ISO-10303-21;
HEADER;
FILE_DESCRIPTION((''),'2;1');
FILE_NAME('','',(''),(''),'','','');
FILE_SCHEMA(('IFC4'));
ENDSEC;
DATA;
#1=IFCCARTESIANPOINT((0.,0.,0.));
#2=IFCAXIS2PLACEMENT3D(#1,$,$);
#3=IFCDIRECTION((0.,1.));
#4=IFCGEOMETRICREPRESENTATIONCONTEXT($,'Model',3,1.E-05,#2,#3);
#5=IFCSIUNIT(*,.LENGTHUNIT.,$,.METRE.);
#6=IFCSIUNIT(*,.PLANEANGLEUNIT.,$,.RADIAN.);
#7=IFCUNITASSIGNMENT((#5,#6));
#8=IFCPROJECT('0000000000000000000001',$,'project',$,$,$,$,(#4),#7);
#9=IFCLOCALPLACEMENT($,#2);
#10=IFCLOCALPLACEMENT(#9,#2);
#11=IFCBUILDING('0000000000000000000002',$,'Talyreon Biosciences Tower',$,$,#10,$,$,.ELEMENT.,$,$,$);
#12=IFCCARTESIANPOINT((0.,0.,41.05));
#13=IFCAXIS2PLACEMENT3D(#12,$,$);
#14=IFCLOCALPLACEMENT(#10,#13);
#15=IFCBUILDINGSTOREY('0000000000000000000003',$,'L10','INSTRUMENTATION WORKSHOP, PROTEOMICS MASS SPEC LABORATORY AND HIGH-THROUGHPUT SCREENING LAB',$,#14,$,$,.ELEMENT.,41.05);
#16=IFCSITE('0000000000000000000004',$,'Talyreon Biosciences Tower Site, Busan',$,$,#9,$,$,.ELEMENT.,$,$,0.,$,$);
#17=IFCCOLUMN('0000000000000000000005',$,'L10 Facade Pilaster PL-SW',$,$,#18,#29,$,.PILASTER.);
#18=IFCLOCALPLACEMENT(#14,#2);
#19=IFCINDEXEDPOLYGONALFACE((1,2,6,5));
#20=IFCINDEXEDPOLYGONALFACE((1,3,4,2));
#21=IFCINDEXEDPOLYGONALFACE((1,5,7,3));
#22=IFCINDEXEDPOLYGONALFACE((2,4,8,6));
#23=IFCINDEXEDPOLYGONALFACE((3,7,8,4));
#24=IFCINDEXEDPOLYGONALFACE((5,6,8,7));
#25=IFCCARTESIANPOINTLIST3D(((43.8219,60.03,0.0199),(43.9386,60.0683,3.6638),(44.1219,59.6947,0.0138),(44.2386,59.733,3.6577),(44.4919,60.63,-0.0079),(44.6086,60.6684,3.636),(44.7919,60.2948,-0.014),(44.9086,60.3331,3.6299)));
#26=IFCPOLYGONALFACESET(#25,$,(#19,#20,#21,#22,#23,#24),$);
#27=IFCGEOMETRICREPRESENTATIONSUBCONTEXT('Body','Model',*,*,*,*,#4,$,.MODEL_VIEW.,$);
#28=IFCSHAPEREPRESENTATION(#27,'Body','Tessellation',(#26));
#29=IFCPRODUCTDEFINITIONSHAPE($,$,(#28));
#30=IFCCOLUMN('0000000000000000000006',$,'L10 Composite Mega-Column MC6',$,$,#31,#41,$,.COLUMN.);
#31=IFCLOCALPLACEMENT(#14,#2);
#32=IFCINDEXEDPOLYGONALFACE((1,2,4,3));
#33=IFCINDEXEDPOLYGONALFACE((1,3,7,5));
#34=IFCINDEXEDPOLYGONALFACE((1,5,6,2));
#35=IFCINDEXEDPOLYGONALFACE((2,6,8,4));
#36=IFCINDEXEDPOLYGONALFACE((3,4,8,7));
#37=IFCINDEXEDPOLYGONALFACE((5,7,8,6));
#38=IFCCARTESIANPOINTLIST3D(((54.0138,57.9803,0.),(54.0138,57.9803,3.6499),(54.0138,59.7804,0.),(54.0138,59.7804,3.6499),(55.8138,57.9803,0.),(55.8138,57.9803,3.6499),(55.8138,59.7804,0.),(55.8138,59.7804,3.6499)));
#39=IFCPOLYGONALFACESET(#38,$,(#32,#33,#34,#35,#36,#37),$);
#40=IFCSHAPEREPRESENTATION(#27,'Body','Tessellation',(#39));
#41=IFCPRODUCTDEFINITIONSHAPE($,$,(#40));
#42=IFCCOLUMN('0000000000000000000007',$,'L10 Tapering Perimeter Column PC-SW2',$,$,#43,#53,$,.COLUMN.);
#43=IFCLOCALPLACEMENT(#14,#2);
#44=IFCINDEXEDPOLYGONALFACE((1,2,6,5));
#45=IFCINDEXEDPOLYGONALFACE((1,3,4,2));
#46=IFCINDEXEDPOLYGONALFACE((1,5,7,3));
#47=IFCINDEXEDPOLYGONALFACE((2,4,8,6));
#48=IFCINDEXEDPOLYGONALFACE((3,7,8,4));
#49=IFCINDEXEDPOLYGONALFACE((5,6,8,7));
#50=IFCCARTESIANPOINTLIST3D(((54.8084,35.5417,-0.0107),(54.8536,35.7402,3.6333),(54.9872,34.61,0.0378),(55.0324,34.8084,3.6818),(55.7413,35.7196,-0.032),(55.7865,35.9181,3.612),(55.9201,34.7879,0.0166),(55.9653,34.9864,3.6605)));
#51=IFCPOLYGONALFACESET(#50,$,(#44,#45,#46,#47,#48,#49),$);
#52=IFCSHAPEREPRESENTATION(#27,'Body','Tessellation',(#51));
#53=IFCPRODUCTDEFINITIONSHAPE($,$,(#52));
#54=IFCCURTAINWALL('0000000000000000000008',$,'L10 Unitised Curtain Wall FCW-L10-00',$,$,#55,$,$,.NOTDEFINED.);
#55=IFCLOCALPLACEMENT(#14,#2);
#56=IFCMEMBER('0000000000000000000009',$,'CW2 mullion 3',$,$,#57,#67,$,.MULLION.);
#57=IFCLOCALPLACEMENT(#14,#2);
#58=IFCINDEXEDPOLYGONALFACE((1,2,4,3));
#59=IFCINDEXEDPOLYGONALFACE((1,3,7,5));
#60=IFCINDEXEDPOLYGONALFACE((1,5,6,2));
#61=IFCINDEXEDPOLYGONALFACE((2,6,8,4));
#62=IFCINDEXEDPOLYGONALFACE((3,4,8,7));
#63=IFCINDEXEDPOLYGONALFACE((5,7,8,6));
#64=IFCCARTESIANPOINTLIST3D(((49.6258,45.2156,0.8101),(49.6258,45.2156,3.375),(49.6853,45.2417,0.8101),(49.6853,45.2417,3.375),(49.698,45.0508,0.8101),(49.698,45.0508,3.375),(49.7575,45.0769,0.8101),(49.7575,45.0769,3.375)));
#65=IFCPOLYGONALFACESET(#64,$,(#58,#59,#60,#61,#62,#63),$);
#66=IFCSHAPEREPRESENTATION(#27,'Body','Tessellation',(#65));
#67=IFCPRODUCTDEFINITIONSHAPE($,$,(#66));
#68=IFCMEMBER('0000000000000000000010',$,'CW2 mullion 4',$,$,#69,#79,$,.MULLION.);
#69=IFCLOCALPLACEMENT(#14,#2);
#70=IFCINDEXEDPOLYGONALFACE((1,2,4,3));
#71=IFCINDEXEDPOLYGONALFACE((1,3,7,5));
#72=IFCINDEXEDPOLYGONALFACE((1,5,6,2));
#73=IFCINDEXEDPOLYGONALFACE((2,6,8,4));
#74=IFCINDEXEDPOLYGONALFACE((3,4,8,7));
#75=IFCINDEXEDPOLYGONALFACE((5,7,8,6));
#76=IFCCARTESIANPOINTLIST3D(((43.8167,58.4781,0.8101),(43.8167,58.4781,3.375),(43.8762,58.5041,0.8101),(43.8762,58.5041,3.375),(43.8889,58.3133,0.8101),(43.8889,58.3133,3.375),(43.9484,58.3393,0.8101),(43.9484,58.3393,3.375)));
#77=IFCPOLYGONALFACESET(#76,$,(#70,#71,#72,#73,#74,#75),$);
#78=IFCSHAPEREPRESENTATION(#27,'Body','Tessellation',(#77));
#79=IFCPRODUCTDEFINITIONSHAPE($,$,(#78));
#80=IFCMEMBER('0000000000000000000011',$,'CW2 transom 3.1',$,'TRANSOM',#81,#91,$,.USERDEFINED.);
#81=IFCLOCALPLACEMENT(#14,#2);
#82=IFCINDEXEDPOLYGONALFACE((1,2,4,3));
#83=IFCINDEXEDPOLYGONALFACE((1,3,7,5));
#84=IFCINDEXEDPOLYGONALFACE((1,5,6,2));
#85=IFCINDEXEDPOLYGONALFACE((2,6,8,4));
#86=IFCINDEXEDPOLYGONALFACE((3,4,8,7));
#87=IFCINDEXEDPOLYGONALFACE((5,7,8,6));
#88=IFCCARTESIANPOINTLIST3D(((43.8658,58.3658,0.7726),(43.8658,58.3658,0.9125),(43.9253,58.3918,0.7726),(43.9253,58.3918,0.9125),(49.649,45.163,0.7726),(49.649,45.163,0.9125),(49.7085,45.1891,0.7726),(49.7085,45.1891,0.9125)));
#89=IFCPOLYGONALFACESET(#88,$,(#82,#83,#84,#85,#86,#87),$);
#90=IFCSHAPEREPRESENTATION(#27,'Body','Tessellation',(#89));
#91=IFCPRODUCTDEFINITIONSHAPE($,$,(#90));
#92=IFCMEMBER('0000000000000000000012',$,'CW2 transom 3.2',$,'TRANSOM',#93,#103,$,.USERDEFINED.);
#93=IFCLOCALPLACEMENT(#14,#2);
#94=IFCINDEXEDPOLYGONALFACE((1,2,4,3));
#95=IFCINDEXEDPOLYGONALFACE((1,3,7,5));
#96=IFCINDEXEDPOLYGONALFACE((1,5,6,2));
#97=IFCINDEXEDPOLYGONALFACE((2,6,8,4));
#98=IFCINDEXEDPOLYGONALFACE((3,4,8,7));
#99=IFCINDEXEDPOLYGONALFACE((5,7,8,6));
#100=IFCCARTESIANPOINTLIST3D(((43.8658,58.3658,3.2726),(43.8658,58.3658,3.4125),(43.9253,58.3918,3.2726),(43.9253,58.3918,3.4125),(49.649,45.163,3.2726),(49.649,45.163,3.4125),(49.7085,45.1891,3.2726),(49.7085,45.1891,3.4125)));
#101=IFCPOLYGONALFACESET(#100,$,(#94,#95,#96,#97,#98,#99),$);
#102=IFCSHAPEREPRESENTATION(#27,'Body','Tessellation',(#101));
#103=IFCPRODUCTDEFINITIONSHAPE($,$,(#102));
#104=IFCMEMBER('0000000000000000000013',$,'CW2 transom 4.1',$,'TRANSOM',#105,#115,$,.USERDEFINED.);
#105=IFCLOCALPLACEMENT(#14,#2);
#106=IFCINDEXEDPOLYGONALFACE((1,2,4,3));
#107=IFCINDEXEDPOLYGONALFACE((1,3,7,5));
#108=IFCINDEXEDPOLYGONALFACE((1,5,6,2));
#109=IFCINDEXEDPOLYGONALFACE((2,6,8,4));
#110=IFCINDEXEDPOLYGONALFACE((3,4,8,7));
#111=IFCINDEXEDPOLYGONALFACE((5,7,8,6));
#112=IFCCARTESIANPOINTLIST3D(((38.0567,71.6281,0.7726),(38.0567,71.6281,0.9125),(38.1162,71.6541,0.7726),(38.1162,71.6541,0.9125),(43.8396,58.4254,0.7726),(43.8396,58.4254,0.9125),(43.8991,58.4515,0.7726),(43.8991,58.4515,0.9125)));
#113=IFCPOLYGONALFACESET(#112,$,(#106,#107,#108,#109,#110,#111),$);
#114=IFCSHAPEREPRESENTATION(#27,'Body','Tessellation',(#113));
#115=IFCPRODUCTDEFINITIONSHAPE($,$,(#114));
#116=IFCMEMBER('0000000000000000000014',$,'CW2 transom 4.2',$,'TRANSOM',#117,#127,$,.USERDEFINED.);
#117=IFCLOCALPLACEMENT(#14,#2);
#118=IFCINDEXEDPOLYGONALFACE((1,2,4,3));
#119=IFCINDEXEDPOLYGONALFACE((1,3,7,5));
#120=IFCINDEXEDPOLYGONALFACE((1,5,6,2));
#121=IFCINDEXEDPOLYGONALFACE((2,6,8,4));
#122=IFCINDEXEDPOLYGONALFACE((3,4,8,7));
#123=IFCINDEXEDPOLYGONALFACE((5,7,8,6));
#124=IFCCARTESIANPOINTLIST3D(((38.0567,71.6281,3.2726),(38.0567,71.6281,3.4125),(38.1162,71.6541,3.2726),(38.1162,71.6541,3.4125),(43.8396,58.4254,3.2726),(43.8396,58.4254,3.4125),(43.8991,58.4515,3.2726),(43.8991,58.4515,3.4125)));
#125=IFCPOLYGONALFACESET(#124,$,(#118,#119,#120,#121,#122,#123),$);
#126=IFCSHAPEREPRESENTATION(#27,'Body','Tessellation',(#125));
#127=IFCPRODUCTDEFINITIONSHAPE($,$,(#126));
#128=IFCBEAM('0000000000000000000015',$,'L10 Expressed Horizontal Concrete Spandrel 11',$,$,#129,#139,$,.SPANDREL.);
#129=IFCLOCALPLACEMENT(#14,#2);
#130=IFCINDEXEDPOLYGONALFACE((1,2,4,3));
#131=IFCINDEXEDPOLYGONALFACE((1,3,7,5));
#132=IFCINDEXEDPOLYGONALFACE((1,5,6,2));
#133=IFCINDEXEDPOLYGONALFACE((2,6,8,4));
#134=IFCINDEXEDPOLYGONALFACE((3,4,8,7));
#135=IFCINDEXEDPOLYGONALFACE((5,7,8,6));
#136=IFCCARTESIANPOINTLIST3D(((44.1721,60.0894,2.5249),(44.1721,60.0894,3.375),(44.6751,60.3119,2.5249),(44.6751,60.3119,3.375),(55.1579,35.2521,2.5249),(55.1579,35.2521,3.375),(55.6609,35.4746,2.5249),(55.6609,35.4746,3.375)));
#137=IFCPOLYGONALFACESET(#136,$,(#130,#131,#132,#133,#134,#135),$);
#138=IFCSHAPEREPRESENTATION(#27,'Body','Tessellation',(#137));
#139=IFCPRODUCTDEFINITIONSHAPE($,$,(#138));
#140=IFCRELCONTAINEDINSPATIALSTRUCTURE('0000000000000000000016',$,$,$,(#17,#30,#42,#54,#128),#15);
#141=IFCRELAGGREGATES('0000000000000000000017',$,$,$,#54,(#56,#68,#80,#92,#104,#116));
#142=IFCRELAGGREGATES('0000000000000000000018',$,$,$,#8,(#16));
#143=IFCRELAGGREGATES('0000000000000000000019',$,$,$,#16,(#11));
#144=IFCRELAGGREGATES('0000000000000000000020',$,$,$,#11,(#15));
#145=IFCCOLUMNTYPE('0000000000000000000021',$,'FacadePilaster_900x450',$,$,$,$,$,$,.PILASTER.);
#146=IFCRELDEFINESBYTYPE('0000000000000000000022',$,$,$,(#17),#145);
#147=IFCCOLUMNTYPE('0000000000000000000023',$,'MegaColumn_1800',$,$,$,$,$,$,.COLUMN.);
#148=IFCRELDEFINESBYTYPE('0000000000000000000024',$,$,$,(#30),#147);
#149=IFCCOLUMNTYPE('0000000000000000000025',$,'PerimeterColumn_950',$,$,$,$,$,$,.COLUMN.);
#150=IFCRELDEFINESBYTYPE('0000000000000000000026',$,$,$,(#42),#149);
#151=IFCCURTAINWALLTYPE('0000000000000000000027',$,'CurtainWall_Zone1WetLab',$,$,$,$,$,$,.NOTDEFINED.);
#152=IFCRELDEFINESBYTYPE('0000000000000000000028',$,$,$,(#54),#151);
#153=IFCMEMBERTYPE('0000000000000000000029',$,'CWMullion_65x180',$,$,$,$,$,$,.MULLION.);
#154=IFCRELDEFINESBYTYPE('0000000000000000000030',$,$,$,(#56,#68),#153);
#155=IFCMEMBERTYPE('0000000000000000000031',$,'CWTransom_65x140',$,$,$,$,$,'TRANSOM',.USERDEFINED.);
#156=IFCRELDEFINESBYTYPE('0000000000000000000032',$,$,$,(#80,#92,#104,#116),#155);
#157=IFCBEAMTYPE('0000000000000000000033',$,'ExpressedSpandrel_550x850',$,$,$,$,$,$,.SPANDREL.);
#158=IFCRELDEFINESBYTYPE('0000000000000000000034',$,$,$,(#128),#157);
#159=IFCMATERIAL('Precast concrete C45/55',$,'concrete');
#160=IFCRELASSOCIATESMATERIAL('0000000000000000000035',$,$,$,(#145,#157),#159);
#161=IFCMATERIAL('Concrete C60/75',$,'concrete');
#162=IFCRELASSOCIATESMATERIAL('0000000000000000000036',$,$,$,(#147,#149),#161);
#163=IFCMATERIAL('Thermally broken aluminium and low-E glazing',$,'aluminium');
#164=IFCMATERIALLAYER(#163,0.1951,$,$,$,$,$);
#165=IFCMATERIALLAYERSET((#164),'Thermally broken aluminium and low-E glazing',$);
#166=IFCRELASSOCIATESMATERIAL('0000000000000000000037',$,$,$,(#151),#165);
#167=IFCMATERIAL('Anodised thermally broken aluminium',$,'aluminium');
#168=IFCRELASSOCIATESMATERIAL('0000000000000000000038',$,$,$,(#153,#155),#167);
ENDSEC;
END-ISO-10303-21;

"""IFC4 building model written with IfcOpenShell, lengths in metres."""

from ifc_helpers import new_model, si_unit, direction, frame, origin, origin_2d, place, context, subcontext, project, spatial, rectangle, extrude, material, layer, layer_set, material_profile, profile_set, type_object, element, aggregate, save


model = new_model("IFC4")

# Units and contexts
model_context = context("Model", 3, precision=1e-05, world=origin(), true_north=direction((0.0, 1.0)))
body_context = subcontext(model_context, "Body", "Model", "MODEL_VIEW")
ifc_project = project(units=[si_unit("LENGTHUNIT", "METRE"), si_unit("PLANEANGLEUNIT", "RADIAN")], contexts=[model_context])

# Site, building, storey
site_placement = place(None, origin())
site = spatial("IfcSite", under=ifc_project, at=site_placement, Name="Talyreon Biosciences Tower Site, Busan", CompositionType="ELEMENT", RefElevation=0.0)
building_placement = place(site_placement, origin())
building = spatial("IfcBuilding", under=site, at=building_placement, Name="Talyreon Biosciences Tower", CompositionType="ELEMENT")
storey_placement = place(building_placement, frame((0.0, 0.0, 41.05)))
storey = spatial("IfcBuildingStorey", under=building, at=storey_placement, Name="L10", Description="INSTRUMENTATION WORKSHOP, PROTEOMICS MASS SPEC LABORATORY AND HIGH-THROUGHPUT SCREENING LAB", CompositionType="ELEMENT", Elevation=41.05)

# Columns
ifc_material_1 = material(Name="Precast concrete C45/55", Category="concrete")
ifc_material_profile_1 = material_profile(ifc_material_1, rectangle(XDim=0.8999, YDim=0.45, at=origin_2d()), Name="RC 900x450")
ifc_profile_set_1 = profile_set([ifc_material_profile_1], Name="Precast concrete C45/55")
column_type_1 = type_object("IfcColumnType", Name="FacadePilaster_900x450", PredefinedType="PILASTER", material=ifc_profile_set_1)
column_1_placement = place(storey_placement, frame((44.3069, 60.1624, 0.0029), z_axis=(0.032006, 0.010513, 0.999432), x_axis=(0.744576, 0.666824, -0.030859)))
element("IfcColumn", 1, at=column_1_placement, inside=storey, type_object=column_type_1, Name="L10 Facade Pilaster PL-SW", PredefinedType="PILASTER", context=body_context, shape_type="SweptSolid", body=[
    extrude(rectangle(XDim=0.8999, YDim=0.45, at=origin_2d()), origin(), (0.0, 0.0, 1.0), 3.646),
])
ifc_material_2 = material(Name="Concrete C60/75", Category="concrete")
ifc_material_profile_2 = material_profile(ifc_material_2, rectangle(XDim=1.8, YDim=1.8, at=origin_2d()), Name="RC 1800x1800")
ifc_profile_set_2 = profile_set([ifc_material_profile_2], Name="Concrete C60/75")
column_type_2 = type_object("IfcColumnType", Name="MegaColumn_1800", PredefinedType="COLUMN", material=ifc_profile_set_2)
column_2_placement = place(storey_placement, frame((54.9138, 58.8804, 0.0), z_axis=(0.0, 0.0, 1.0), x_axis=(1.0, 0.0, 0.0)))
element("IfcColumn", 2, at=column_2_placement, inside=storey, type_object=column_type_2, Name="L10 Composite Mega-Column MC6", PredefinedType="COLUMN", context=body_context, shape_type="SweptSolid", body=[
    extrude(rectangle(XDim=1.8, YDim=1.8, at=origin_2d()), origin(), (0.0, 0.0, 1.0), 3.6499),
])
ifc_material_profile_3 = material_profile(ifc_material_2, rectangle(XDim=0.95, YDim=0.95, at=origin_2d()), Name="RC 950x950")
ifc_profile_set_3 = profile_set([ifc_material_profile_3], Name="Concrete C60/75")
column_type_3 = type_object("IfcColumnType", Name="PerimeterColumn_950", PredefinedType="COLUMN", material=ifc_profile_set_3)
column_3_placement = place(storey_placement, frame((55.3643, 35.1648, 0.0029), z_axis=(0.012375, 0.054384, 0.998443), x_axis=(-0.188255, 0.98079, -0.051089)))
element("IfcColumn", 3, at=column_3_placement, inside=storey, type_object=column_type_3, Name="L10 Tapering Perimeter Column PC-SW2", PredefinedType="COLUMN", context=body_context, shape_type="SweptSolid", body=[
    extrude(rectangle(XDim=0.95, YDim=0.95, at=origin_2d()), origin(), (0.0, 0.0, 1.0), 3.6497),
])

# Curtain wall, members
ifc_material_3 = material(Name="Thermally broken aluminium and low-E glazing", Category="aluminium")
ifc_layer_1 = layer(ifc_material_3, 0.1951)
ifc_layer_set_1 = layer_set([ifc_layer_1], Name="Thermally broken aluminium and low-E glazing")
curtain_wall_type = type_object("IfcCurtainWallType", Name="CurtainWall_Zone1WetLab", PredefinedType="NOTDEFINED", material=ifc_layer_set_1)
curtain_wall_placement = place(storey_placement, origin())
curtain_wall = element("IfcCurtainWall", 4, at=curtain_wall_placement, inside=storey, type_object=curtain_wall_type, Name="L10 Unitised Curtain Wall FCW-L10-00", PredefinedType="NOTDEFINED")
ifc_material_4 = material(Name="Anodised thermally broken aluminium", Category="aluminium")
ifc_material_profile_4 = material_profile(ifc_material_4, rectangle(XDim=0.0649, YDim=0.1799, at=origin_2d()), Name="ALUM MULLION 65x180")
ifc_profile_set_4 = profile_set([ifc_material_profile_4], Name="Anodised thermally broken aluminium")
member_type_1 = type_object("IfcMemberType", Name="CWMullion_65x180", PredefinedType="MULLION", material=ifc_profile_set_4)
member_1_placement = place(storey_placement, frame((49.6917, 45.1462, 0.8101), z_axis=(0.0, 0.0, 1.0), x_axis=(-0.91598, -0.401223, 0.0)))
member_1 = element("IfcMember", 5, at=member_1_placement, type_object=member_type_1, Name="CW2 mullion 3", PredefinedType="MULLION", context=body_context, shape_type="SweptSolid", body=[
    extrude(rectangle(XDim=0.0649, YDim=0.1799, at=origin_2d()), origin(), (0.0, 0.0, 1.0), 2.5649),
])
member_2_placement = place(storey_placement, frame((43.8826, 58.4087, 0.8101), z_axis=(0.0, 0.0, 1.0), x_axis=(-0.91598, -0.401223, 0.0)))
member_2 = element("IfcMember", 6, at=member_2_placement, type_object=member_type_1, Name="CW2 mullion 4", PredefinedType="MULLION", context=body_context, shape_type="SweptSolid", body=[
    extrude(rectangle(XDim=0.0649, YDim=0.1799, at=origin_2d()), origin(), (0.0, 0.0, 1.0), 2.5649),
])
ifc_material_profile_5 = material_profile(ifc_material_4, rectangle(XDim=0.0649, YDim=0.1399, at=origin_2d()), Name="ALUM TRANSOM 65x140")
ifc_profile_set_5 = profile_set([ifc_material_profile_5], Name="Anodised thermally broken aluminium")
member_type_2 = type_object("IfcMemberType", Name="CWTransom_65x140", ElementType="TRANSOM", PredefinedType="USERDEFINED", material=ifc_profile_set_5)
member_3_placement = place(storey_placement, frame((49.6787, 45.176, 0.8425), z_axis=(-0.401223, 0.91598, 0.0), x_axis=(-0.91598, -0.401223, 0.0)))
member_3 = element("IfcMember", 7, at=member_3_placement, type_object=member_type_2, Name="CW2 transom 3.1", ObjectType="TRANSOM", PredefinedType="USERDEFINED", context=body_context, shape_type="SweptSolid", body=[
    extrude(rectangle(XDim=0.0649, YDim=0.1399, at=origin_2d()), origin(), (0.0, 0.0, 1.0), 14.4138),
])
member_4_placement = place(storey_placement, frame((49.6787, 45.176, 3.3425), z_axis=(-0.401223, 0.91598, 0.0), x_axis=(-0.91598, -0.401223, 0.0)))
member_4 = element("IfcMember", 8, at=member_4_placement, type_object=member_type_2, Name="CW2 transom 3.2", ObjectType="TRANSOM", PredefinedType="USERDEFINED", context=body_context, shape_type="SweptSolid", body=[
    extrude(rectangle(XDim=0.0649, YDim=0.1399, at=origin_2d()), origin(), (0.0, 0.0, 1.0), 14.4138),
])
member_5_placement = place(storey_placement, frame((43.8694, 58.4385, 0.8425), z_axis=(-0.401215, 0.915984, 0.0), x_axis=(-0.915984, -0.401215, 0.0)))
member_5 = element("IfcMember", 9, at=member_5_placement, type_object=member_type_2, Name="CW2 transom 4.1", ObjectType="TRANSOM", PredefinedType="USERDEFINED", context=body_context, shape_type="SweptSolid", body=[
    extrude(rectangle(XDim=0.0649, YDim=0.1399, at=origin_2d()), origin(), (0.0, 0.0, 1.0), 14.4136),
])
member_6_placement = place(storey_placement, frame((43.8694, 58.4385, 3.3425), z_axis=(-0.401215, 0.915984, 0.0), x_axis=(-0.915984, -0.401215, 0.0)))
member_6 = element("IfcMember", 10, at=member_6_placement, type_object=member_type_2, Name="CW2 transom 4.2", ObjectType="TRANSOM", PredefinedType="USERDEFINED", context=body_context, shape_type="SweptSolid", body=[
    extrude(rectangle(XDim=0.0649, YDim=0.1399, at=origin_2d()), origin(), (0.0, 0.0, 1.0), 14.4136),
])

# Beam
ifc_material_profile_6 = material_profile(ifc_material_1, rectangle(XDim=0.55, YDim=0.8501, at=origin_2d()), Name="RCB 550x850")
ifc_profile_set_6 = profile_set([ifc_material_profile_6], Name="Precast concrete C45/55")
beam_type_1 = type_object("IfcBeamType", Name="ExpressedSpandrel_550x850", PredefinedType="SPANDREL", material=ifc_profile_set_6)
beam_1_placement = place(storey_placement, frame((44.4236, 60.2007, 2.95), z_axis=(0.404508, -0.914534, 0.0), x_axis=(0.914534, 0.404508, 0.0)))
element("IfcBeam", 11, at=beam_1_placement, inside=storey, type_object=beam_type_1, Name="L10 Expressed Horizontal Concrete Spandrel 11", PredefinedType="SPANDREL", context=body_context, shape_type="SweptSolid", body=[
    extrude(rectangle(XDim=0.55, YDim=0.8501, at=origin_2d()), origin(), (0.0, 0.0, 1.0), 27.1584),
])

aggregate(curtain_wall, [member_1, member_2, member_3, member_4, member_5, member_6])

save(model, "model.ifc")
